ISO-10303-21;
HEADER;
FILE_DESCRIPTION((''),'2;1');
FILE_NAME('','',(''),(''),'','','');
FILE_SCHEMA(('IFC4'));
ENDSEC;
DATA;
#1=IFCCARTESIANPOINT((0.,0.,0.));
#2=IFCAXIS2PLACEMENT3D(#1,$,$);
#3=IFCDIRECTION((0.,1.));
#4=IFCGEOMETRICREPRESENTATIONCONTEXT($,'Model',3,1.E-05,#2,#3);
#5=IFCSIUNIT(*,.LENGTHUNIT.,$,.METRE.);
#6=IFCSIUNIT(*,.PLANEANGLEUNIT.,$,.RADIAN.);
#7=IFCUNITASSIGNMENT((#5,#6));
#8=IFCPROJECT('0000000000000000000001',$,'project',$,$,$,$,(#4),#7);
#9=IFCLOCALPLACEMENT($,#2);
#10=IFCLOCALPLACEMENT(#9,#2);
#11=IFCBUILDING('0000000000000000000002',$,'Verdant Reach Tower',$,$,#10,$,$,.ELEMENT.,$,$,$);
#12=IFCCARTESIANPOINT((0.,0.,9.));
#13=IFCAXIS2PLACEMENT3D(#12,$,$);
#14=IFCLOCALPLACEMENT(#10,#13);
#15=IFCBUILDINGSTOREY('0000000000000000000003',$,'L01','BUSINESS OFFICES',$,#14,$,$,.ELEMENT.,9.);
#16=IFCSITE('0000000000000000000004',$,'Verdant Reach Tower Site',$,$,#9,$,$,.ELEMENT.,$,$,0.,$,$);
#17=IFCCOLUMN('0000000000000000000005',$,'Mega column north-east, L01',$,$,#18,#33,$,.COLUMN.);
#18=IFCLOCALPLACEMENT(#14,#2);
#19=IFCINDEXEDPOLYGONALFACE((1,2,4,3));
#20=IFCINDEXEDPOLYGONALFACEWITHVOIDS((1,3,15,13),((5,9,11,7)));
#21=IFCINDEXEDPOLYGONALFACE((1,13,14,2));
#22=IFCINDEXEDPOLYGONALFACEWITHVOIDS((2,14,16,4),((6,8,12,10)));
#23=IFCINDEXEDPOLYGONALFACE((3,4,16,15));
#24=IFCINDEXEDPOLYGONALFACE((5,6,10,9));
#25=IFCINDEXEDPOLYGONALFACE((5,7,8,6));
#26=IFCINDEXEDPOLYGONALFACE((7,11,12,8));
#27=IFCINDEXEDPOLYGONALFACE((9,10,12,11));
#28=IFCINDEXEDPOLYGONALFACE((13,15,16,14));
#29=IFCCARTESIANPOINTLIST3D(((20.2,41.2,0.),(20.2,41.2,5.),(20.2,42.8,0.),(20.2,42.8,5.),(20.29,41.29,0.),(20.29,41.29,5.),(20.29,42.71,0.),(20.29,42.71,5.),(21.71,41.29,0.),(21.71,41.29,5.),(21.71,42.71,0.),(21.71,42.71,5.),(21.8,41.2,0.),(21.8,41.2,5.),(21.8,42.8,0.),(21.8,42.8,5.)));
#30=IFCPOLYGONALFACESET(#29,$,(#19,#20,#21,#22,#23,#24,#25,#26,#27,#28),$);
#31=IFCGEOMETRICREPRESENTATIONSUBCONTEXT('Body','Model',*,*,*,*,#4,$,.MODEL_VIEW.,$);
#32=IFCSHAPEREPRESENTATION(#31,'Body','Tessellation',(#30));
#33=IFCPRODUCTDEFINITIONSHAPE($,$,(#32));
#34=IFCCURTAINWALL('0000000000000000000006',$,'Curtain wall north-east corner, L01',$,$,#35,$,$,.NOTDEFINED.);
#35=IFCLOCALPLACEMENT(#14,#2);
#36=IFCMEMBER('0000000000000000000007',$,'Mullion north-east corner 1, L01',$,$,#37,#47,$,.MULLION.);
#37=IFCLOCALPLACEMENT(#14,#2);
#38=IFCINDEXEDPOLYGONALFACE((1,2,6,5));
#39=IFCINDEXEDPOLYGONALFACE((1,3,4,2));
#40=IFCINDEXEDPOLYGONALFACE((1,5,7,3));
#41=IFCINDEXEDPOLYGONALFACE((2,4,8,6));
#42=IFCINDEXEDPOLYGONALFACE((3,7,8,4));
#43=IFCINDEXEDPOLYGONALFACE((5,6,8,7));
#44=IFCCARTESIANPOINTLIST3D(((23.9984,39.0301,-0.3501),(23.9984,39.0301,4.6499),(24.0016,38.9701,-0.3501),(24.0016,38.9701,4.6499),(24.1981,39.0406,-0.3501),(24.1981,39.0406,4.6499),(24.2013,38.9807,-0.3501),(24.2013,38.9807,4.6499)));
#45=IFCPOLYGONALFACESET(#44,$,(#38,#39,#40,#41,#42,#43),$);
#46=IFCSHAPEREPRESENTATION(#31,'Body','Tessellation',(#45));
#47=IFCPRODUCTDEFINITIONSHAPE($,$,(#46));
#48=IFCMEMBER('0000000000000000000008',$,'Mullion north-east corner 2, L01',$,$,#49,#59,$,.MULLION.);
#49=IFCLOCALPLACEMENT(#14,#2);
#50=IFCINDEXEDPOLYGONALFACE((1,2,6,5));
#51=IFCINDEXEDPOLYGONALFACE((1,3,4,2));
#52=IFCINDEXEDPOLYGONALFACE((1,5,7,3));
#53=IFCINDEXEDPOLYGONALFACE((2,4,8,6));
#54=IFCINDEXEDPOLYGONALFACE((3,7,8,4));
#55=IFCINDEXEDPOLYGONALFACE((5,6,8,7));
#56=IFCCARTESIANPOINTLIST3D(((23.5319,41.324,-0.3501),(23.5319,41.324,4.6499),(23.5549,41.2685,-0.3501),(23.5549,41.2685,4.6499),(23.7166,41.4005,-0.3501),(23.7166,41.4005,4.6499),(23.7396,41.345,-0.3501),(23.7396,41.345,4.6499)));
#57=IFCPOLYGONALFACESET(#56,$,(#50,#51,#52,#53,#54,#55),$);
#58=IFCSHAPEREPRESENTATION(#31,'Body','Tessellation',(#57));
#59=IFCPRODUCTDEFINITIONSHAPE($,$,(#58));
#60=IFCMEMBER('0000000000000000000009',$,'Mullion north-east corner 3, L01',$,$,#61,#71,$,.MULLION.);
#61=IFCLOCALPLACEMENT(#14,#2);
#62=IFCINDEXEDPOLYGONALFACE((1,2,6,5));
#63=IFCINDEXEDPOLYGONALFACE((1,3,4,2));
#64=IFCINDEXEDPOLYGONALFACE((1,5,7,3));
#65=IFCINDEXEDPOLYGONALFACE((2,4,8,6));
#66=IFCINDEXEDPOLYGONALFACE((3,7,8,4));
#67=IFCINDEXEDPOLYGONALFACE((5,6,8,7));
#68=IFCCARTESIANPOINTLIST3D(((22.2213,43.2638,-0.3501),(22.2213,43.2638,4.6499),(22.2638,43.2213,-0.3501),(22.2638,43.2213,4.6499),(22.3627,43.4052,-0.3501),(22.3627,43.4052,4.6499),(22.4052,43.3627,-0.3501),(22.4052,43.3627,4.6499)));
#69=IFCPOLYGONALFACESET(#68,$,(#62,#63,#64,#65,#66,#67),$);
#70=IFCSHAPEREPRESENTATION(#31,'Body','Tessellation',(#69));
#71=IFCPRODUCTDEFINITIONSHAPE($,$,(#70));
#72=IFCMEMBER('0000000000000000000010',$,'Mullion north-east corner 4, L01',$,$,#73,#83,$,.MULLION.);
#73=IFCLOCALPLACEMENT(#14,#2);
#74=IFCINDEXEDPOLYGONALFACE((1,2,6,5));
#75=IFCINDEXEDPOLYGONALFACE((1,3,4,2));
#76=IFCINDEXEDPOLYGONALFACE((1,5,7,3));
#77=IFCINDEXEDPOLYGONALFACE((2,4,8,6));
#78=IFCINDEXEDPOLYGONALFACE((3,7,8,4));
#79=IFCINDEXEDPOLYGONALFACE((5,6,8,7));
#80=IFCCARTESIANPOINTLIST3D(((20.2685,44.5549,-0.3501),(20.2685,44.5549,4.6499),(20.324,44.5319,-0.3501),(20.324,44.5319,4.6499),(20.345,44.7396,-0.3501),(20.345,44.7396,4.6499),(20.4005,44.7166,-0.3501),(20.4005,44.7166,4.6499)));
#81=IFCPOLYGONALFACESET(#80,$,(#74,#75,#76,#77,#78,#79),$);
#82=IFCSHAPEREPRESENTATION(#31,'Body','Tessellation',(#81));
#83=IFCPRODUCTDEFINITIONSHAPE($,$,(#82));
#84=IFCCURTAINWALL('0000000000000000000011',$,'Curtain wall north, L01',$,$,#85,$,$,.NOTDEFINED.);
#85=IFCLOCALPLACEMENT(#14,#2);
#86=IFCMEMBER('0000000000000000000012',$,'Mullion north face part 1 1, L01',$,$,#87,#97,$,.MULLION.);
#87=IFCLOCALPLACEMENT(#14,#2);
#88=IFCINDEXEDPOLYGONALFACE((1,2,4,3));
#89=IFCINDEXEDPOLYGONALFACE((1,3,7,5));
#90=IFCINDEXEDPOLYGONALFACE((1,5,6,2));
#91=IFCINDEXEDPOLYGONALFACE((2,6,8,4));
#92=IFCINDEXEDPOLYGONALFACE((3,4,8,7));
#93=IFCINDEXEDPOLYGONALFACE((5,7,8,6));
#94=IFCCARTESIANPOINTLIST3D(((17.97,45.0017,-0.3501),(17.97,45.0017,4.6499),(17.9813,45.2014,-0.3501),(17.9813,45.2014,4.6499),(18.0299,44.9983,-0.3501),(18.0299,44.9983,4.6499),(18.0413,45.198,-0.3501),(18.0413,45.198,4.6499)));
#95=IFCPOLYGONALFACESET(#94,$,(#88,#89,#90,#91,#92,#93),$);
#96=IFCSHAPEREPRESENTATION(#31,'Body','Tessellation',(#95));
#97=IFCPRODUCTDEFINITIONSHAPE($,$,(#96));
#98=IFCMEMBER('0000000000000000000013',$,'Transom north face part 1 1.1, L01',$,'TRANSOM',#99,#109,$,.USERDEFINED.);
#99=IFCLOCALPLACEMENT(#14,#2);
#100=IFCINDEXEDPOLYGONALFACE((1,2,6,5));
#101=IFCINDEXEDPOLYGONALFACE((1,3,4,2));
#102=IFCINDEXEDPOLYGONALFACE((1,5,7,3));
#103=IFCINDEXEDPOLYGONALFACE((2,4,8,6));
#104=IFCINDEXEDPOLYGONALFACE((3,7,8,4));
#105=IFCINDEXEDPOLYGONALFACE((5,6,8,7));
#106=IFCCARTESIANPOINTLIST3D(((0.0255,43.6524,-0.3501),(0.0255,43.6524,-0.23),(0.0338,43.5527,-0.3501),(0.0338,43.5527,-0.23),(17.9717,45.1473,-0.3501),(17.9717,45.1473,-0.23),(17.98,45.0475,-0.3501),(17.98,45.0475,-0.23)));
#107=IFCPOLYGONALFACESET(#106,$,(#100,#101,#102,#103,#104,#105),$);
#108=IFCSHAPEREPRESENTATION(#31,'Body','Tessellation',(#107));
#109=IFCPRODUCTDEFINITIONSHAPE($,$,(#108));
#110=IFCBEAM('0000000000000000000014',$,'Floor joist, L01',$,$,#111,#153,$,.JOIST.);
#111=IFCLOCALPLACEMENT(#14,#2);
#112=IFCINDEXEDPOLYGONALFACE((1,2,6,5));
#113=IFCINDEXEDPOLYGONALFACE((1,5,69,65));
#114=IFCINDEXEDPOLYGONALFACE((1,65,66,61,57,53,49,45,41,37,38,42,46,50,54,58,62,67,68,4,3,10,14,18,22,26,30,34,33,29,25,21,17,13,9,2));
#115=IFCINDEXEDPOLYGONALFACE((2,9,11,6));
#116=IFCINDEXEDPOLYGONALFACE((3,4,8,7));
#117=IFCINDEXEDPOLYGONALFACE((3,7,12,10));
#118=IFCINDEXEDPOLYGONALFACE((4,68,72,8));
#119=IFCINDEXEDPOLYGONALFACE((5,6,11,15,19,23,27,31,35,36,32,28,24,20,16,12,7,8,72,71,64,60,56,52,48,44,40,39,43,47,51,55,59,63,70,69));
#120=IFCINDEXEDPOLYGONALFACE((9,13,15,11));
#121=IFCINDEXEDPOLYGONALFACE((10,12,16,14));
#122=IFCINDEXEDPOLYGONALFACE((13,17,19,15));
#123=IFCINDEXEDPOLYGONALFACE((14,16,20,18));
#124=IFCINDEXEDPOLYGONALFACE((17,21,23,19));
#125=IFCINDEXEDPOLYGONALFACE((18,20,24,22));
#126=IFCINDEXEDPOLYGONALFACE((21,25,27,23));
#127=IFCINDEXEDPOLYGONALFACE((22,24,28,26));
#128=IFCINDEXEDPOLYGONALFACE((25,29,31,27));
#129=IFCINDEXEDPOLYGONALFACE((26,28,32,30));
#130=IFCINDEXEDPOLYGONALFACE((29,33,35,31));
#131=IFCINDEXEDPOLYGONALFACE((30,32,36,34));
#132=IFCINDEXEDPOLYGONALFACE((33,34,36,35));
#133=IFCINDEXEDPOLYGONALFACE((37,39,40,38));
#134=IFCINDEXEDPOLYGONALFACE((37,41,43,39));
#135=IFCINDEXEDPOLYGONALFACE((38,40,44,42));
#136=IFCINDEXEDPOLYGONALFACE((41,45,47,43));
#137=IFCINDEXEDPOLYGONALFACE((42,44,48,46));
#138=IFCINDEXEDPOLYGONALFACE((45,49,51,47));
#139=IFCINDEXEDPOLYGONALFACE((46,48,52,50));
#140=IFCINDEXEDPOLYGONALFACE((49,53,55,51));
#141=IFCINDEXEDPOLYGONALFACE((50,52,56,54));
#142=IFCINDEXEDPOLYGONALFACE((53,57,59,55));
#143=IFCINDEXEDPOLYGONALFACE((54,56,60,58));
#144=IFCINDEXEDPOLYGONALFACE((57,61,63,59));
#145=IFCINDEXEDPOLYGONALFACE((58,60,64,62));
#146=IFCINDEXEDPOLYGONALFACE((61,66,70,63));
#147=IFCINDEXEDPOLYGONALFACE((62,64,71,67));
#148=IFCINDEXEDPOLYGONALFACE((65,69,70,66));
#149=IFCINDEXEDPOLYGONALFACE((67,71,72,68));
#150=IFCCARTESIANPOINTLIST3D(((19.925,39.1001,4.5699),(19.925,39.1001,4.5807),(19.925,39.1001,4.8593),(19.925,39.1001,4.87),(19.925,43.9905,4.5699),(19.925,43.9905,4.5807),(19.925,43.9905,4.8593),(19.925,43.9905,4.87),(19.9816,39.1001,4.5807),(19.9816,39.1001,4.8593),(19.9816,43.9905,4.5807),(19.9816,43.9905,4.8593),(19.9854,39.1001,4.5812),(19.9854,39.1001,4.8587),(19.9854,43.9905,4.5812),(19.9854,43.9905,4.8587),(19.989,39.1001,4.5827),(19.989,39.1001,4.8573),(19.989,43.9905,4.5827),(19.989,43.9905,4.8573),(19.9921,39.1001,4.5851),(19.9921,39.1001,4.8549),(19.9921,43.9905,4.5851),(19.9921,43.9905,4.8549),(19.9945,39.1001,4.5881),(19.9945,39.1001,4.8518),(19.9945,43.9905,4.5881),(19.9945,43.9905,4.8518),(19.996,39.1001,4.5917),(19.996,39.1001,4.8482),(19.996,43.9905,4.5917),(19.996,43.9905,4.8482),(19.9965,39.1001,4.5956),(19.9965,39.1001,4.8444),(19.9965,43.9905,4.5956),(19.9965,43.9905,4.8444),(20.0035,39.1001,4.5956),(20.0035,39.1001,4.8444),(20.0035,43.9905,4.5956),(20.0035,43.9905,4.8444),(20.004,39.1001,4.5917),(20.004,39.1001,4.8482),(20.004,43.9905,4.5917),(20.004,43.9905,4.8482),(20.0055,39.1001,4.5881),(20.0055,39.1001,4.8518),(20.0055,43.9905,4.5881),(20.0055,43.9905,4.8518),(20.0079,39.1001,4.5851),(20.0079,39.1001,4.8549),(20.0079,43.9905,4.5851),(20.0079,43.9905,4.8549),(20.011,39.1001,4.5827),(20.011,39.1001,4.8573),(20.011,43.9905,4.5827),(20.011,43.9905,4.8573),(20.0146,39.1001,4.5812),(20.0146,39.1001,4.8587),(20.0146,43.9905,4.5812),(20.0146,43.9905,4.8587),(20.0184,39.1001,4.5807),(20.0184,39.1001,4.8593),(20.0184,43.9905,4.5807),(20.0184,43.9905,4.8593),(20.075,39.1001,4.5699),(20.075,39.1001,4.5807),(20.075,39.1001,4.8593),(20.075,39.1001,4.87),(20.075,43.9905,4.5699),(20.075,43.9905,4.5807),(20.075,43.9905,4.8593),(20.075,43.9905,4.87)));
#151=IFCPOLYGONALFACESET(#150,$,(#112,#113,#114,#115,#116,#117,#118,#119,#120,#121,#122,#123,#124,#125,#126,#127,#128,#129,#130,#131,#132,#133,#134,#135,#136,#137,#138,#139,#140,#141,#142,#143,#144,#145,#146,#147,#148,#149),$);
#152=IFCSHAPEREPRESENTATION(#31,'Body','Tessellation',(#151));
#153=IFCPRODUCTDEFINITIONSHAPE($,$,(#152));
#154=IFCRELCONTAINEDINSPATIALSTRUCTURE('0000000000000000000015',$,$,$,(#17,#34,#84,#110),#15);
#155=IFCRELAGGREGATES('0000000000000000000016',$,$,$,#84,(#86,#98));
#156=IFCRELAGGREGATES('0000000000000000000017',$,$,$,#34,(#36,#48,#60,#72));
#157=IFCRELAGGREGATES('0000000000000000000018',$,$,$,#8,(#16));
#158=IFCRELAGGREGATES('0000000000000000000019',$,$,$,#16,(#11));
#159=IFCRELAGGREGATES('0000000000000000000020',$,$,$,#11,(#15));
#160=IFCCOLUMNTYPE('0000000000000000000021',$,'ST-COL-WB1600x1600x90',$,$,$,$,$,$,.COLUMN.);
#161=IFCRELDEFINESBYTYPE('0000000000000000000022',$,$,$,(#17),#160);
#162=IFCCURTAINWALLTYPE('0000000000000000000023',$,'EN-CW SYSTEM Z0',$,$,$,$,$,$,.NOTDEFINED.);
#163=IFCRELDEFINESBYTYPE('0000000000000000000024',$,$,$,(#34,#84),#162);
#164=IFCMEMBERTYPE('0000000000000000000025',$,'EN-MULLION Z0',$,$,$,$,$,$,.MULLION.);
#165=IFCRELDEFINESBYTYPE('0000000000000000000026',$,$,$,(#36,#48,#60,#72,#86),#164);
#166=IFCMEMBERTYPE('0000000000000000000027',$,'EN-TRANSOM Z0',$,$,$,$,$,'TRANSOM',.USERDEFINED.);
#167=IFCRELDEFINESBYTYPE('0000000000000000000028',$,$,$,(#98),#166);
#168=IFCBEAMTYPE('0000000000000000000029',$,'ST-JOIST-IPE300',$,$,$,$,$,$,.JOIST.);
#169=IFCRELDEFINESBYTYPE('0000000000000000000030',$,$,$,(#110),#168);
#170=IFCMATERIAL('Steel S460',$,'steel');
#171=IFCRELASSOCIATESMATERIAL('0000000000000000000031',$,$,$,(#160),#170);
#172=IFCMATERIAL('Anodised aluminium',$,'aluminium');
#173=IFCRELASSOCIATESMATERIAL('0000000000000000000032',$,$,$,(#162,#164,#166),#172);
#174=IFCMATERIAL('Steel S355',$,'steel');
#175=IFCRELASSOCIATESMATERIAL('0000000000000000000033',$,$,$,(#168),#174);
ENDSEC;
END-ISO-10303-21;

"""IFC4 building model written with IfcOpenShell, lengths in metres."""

from ifc_helpers import new_model, si_unit, direction, frame, origin, origin_2d, place, context, subcontext, project, spatial, rectangle, hollow_rectangle, i_section, extrude, material, material_profile, profile_set, type_object, element, aggregate, save


model = new_model("IFC4")

# Units and contexts
model_context = context("Model", 3, precision=1e-05, world=origin(), true_north=direction((0.0, 1.0)))
body_context = subcontext(model_context, "Body", "Model", "MODEL_VIEW")
ifc_project = project(units=[si_unit("LENGTHUNIT", "METRE"), si_unit("PLANEANGLEUNIT", "RADIAN")], contexts=[model_context])

# Site, building, storey
site_placement = place(None, origin())
site = spatial("IfcSite", under=ifc_project, at=site_placement, Name="Verdant Reach Tower Site", CompositionType="ELEMENT", RefElevation=0.0)
building_placement = place(site_placement, origin())
building = spatial("IfcBuilding", under=site, at=building_placement, Name="Verdant Reach Tower", CompositionType="ELEMENT")
storey_placement = place(building_placement, frame((0.0, 0.0, 9.0)))
storey = spatial("IfcBuildingStorey", under=building, at=storey_placement, Name="L01", Description="BUSINESS OFFICES", CompositionType="ELEMENT", Elevation=9.0)

# Column
ifc_material_1 = material(Name="Steel S460", Category="steel")
ifc_material_profile_1 = material_profile(ifc_material_1, hollow_rectangle(XDim=1.6001, YDim=1.6001, WallThickness=0.0901, at=origin_2d()), Name="WB 1600x1600x90")
ifc_profile_set_1 = profile_set([ifc_material_profile_1], Name="Steel S460")
column_type = type_object("IfcColumnType", Name="ST-COL-WB1600x1600x90", PredefinedType="COLUMN", material=ifc_profile_set_1)
column_placement = place(storey_placement, frame((21.0, 42.0, 0.0), z_axis=(0.0, 0.0, 1.0), x_axis=(1.0, 0.0, 0.0)))
element("IfcColumn", 1, at=column_placement, inside=storey, type_object=column_type, Name="Mega column north-east, L01", PredefinedType="COLUMN", context=body_context, shape_type="SweptSolid", body=[
    extrude(hollow_rectangle(XDim=1.6001, YDim=1.6001, WallThickness=0.0901, at=origin_2d()), origin(), (0.0, 0.0, 1.0), 5.0),
])

# Curtain walls, members
ifc_material_2 = material(Name="Anodised aluminium", Category="aluminium")
curtain_wall_type = type_object("IfcCurtainWallType", Name="EN-CW SYSTEM Z0", PredefinedType="NOTDEFINED", material=ifc_material_2)
curtain_wall_1_placement = place(storey_placement, origin())
curtain_wall_1 = element("IfcCurtainWall", 2, at=curtain_wall_1_placement, inside=storey, type_object=curtain_wall_type, Name="Curtain wall north-east corner, L01", PredefinedType="NOTDEFINED")
ifc_material_profile_2 = material_profile(ifc_material_2, rectangle(XDim=0.2, YDim=0.0601, at=origin_2d()), Name="Mullion 60x200")
ifc_profile_set_2 = profile_set([ifc_material_profile_2], Name="Anodised aluminium")
member_type_1 = type_object("IfcMemberType", Name="EN-MULLION Z0", PredefinedType="MULLION", material=ifc_profile_set_2)
member_1_placement = place(storey_placement, frame((24.0999, 39.0054, -0.3501), z_axis=(0.0, 0.0, 1.0), x_axis=(0.998604, 0.052815, 0.0)))
member_1 = element("IfcMember", 3, at=member_1_placement, type_object=member_type_1, Name="Mullion north-east corner 1, L01", PredefinedType="MULLION", context=body_context, shape_type="SweptSolid", body=[
    extrude(rectangle(XDim=0.2, YDim=0.0601, at=origin_2d()), origin(), (0.0, 0.0, 1.0), 5.0),
])
member_2_placement = place(storey_placement, frame((23.6357, 41.3345, -0.3501), z_axis=(0.0, 0.0, 1.0), x_axis=(0.923875, 0.382694, 0.0)))
member_2 = element("IfcMember", 4, at=member_2_placement, type_object=member_type_1, Name="Mullion north-east corner 2, L01", PredefinedType="MULLION", context=body_context, shape_type="SweptSolid", body=[
    extrude(rectangle(XDim=0.2, YDim=0.0601, at=origin_2d()), origin(), (0.0, 0.0, 1.0), 5.0),
])
member_3_placement = place(storey_placement, frame((22.3132, 43.3132, -0.3501), z_axis=(0.0, 0.0, 1.0), x_axis=(0.707107, 0.707107, 0.0)))
member_3 = element("IfcMember", 5, at=member_3_placement, type_object=member_type_1, Name="Mullion north-east corner 3, L01", PredefinedType="MULLION", context=body_context, shape_type="SweptSolid", body=[
    extrude(rectangle(XDim=0.2, YDim=0.0601, at=origin_2d()), origin(), (0.0, 0.0, 1.0), 5.0),
])
member_4_placement = place(storey_placement, frame((20.3345, 44.6357, -0.3501), z_axis=(0.0, 0.0, 1.0), x_axis=(0.382694, 0.923875, 0.0)))
member_4 = element("IfcMember", 6, at=member_4_placement, type_object=member_type_1, Name="Mullion north-east corner 4, L01", PredefinedType="MULLION", context=body_context, shape_type="SweptSolid", body=[
    extrude(rectangle(XDim=0.2, YDim=0.0601, at=origin_2d()), origin(), (0.0, 0.0, 1.0), 5.0),
])
curtain_wall_2_placement = place(storey_placement, origin())
curtain_wall_2 = element("IfcCurtainWall", 7, at=curtain_wall_2_placement, inside=storey, type_object=curtain_wall_type, Name="Curtain wall north, L01", PredefinedType="NOTDEFINED")
member_5_placement = place(storey_placement, frame((18.0056, 45.0999, -0.3501), z_axis=(0.0, 0.0, 1.0), x_axis=(0.056569, 0.998399, 0.0)))
member_5 = element("IfcMember", 8, at=member_5_placement, type_object=member_type_1, Name="Mullion north face part 1 1, L01", PredefinedType="MULLION", context=body_context, shape_type="SweptSolid", body=[
    extrude(rectangle(XDim=0.2, YDim=0.0601, at=origin_2d()), origin(), (0.0, 0.0, 1.0), 5.0),
])
ifc_material_profile_3 = material_profile(ifc_material_2, rectangle(XDim=0.1001, YDim=0.1201, at=origin_2d()), Name="Transom 120x100")
ifc_profile_set_3 = profile_set([ifc_material_profile_3], Name="Anodised aluminium")
member_type_2 = type_object("IfcMemberType", Name="EN-TRANSOM Z0", ElementType="TRANSOM", PredefinedType="USERDEFINED", material=ifc_profile_set_3)
member_6_placement = place(storey_placement, frame((17.9758, 45.0974, -0.29), z_axis=(-0.996549, -0.083011, 0.0), x_axis=(0.083011, -0.996549, 0.0)))
member_6 = element("IfcMember", 9, at=member_6_placement, type_object=member_type_2, Name="Transom north face part 1 1.1, L01", ObjectType="TRANSOM", PredefinedType="USERDEFINED", context=body_context, shape_type="SweptSolid", body=[
    extrude(rectangle(XDim=0.1001, YDim=0.1201, at=origin_2d()), origin(), (0.0, 0.0, 1.0), 18.0083),
])

# Beam
ifc_material_3 = material(Name="Steel S355", Category="steel")
ifc_material_profile_4 = material_profile(ifc_material_3, i_section(OverallWidth=0.1499, OverallDepth=0.3, WebThickness=0.0071, FlangeThickness=0.0107, FilletRadius=0.0149, at=origin_2d()), Name="IPE 300")
ifc_profile_set_4 = profile_set([ifc_material_profile_4], Name="Steel S355")
beam_type_1 = type_object("IfcBeamType", Name="ST-JOIST-IPE300", PredefinedType="JOIST", material=ifc_profile_set_4)
beam_1_placement = place(storey_placement, frame((20.0, 39.1001, 4.72), z_axis=(0.0, 1.0, 0.0), x_axis=(-1.0, 0.0, 0.0)))
element("IfcBeam", 10, at=beam_1_placement, inside=storey, type_object=beam_type_1, Name="Floor joist, L01", PredefinedType="JOIST", context=body_context, shape_type="SweptSolid", body=[
    extrude(i_section(OverallWidth=0.1499, OverallDepth=0.3, WebThickness=0.0071, FlangeThickness=0.0107, FilletRadius=0.0149, at=origin_2d()), origin(), (0.0, 0.0, 1.0), 4.8904),
])

aggregate(curtain_wall_2, [member_5, member_6])

aggregate(curtain_wall_1, [member_1, member_2, member_3, member_4])

save(model, "model.ifc")
